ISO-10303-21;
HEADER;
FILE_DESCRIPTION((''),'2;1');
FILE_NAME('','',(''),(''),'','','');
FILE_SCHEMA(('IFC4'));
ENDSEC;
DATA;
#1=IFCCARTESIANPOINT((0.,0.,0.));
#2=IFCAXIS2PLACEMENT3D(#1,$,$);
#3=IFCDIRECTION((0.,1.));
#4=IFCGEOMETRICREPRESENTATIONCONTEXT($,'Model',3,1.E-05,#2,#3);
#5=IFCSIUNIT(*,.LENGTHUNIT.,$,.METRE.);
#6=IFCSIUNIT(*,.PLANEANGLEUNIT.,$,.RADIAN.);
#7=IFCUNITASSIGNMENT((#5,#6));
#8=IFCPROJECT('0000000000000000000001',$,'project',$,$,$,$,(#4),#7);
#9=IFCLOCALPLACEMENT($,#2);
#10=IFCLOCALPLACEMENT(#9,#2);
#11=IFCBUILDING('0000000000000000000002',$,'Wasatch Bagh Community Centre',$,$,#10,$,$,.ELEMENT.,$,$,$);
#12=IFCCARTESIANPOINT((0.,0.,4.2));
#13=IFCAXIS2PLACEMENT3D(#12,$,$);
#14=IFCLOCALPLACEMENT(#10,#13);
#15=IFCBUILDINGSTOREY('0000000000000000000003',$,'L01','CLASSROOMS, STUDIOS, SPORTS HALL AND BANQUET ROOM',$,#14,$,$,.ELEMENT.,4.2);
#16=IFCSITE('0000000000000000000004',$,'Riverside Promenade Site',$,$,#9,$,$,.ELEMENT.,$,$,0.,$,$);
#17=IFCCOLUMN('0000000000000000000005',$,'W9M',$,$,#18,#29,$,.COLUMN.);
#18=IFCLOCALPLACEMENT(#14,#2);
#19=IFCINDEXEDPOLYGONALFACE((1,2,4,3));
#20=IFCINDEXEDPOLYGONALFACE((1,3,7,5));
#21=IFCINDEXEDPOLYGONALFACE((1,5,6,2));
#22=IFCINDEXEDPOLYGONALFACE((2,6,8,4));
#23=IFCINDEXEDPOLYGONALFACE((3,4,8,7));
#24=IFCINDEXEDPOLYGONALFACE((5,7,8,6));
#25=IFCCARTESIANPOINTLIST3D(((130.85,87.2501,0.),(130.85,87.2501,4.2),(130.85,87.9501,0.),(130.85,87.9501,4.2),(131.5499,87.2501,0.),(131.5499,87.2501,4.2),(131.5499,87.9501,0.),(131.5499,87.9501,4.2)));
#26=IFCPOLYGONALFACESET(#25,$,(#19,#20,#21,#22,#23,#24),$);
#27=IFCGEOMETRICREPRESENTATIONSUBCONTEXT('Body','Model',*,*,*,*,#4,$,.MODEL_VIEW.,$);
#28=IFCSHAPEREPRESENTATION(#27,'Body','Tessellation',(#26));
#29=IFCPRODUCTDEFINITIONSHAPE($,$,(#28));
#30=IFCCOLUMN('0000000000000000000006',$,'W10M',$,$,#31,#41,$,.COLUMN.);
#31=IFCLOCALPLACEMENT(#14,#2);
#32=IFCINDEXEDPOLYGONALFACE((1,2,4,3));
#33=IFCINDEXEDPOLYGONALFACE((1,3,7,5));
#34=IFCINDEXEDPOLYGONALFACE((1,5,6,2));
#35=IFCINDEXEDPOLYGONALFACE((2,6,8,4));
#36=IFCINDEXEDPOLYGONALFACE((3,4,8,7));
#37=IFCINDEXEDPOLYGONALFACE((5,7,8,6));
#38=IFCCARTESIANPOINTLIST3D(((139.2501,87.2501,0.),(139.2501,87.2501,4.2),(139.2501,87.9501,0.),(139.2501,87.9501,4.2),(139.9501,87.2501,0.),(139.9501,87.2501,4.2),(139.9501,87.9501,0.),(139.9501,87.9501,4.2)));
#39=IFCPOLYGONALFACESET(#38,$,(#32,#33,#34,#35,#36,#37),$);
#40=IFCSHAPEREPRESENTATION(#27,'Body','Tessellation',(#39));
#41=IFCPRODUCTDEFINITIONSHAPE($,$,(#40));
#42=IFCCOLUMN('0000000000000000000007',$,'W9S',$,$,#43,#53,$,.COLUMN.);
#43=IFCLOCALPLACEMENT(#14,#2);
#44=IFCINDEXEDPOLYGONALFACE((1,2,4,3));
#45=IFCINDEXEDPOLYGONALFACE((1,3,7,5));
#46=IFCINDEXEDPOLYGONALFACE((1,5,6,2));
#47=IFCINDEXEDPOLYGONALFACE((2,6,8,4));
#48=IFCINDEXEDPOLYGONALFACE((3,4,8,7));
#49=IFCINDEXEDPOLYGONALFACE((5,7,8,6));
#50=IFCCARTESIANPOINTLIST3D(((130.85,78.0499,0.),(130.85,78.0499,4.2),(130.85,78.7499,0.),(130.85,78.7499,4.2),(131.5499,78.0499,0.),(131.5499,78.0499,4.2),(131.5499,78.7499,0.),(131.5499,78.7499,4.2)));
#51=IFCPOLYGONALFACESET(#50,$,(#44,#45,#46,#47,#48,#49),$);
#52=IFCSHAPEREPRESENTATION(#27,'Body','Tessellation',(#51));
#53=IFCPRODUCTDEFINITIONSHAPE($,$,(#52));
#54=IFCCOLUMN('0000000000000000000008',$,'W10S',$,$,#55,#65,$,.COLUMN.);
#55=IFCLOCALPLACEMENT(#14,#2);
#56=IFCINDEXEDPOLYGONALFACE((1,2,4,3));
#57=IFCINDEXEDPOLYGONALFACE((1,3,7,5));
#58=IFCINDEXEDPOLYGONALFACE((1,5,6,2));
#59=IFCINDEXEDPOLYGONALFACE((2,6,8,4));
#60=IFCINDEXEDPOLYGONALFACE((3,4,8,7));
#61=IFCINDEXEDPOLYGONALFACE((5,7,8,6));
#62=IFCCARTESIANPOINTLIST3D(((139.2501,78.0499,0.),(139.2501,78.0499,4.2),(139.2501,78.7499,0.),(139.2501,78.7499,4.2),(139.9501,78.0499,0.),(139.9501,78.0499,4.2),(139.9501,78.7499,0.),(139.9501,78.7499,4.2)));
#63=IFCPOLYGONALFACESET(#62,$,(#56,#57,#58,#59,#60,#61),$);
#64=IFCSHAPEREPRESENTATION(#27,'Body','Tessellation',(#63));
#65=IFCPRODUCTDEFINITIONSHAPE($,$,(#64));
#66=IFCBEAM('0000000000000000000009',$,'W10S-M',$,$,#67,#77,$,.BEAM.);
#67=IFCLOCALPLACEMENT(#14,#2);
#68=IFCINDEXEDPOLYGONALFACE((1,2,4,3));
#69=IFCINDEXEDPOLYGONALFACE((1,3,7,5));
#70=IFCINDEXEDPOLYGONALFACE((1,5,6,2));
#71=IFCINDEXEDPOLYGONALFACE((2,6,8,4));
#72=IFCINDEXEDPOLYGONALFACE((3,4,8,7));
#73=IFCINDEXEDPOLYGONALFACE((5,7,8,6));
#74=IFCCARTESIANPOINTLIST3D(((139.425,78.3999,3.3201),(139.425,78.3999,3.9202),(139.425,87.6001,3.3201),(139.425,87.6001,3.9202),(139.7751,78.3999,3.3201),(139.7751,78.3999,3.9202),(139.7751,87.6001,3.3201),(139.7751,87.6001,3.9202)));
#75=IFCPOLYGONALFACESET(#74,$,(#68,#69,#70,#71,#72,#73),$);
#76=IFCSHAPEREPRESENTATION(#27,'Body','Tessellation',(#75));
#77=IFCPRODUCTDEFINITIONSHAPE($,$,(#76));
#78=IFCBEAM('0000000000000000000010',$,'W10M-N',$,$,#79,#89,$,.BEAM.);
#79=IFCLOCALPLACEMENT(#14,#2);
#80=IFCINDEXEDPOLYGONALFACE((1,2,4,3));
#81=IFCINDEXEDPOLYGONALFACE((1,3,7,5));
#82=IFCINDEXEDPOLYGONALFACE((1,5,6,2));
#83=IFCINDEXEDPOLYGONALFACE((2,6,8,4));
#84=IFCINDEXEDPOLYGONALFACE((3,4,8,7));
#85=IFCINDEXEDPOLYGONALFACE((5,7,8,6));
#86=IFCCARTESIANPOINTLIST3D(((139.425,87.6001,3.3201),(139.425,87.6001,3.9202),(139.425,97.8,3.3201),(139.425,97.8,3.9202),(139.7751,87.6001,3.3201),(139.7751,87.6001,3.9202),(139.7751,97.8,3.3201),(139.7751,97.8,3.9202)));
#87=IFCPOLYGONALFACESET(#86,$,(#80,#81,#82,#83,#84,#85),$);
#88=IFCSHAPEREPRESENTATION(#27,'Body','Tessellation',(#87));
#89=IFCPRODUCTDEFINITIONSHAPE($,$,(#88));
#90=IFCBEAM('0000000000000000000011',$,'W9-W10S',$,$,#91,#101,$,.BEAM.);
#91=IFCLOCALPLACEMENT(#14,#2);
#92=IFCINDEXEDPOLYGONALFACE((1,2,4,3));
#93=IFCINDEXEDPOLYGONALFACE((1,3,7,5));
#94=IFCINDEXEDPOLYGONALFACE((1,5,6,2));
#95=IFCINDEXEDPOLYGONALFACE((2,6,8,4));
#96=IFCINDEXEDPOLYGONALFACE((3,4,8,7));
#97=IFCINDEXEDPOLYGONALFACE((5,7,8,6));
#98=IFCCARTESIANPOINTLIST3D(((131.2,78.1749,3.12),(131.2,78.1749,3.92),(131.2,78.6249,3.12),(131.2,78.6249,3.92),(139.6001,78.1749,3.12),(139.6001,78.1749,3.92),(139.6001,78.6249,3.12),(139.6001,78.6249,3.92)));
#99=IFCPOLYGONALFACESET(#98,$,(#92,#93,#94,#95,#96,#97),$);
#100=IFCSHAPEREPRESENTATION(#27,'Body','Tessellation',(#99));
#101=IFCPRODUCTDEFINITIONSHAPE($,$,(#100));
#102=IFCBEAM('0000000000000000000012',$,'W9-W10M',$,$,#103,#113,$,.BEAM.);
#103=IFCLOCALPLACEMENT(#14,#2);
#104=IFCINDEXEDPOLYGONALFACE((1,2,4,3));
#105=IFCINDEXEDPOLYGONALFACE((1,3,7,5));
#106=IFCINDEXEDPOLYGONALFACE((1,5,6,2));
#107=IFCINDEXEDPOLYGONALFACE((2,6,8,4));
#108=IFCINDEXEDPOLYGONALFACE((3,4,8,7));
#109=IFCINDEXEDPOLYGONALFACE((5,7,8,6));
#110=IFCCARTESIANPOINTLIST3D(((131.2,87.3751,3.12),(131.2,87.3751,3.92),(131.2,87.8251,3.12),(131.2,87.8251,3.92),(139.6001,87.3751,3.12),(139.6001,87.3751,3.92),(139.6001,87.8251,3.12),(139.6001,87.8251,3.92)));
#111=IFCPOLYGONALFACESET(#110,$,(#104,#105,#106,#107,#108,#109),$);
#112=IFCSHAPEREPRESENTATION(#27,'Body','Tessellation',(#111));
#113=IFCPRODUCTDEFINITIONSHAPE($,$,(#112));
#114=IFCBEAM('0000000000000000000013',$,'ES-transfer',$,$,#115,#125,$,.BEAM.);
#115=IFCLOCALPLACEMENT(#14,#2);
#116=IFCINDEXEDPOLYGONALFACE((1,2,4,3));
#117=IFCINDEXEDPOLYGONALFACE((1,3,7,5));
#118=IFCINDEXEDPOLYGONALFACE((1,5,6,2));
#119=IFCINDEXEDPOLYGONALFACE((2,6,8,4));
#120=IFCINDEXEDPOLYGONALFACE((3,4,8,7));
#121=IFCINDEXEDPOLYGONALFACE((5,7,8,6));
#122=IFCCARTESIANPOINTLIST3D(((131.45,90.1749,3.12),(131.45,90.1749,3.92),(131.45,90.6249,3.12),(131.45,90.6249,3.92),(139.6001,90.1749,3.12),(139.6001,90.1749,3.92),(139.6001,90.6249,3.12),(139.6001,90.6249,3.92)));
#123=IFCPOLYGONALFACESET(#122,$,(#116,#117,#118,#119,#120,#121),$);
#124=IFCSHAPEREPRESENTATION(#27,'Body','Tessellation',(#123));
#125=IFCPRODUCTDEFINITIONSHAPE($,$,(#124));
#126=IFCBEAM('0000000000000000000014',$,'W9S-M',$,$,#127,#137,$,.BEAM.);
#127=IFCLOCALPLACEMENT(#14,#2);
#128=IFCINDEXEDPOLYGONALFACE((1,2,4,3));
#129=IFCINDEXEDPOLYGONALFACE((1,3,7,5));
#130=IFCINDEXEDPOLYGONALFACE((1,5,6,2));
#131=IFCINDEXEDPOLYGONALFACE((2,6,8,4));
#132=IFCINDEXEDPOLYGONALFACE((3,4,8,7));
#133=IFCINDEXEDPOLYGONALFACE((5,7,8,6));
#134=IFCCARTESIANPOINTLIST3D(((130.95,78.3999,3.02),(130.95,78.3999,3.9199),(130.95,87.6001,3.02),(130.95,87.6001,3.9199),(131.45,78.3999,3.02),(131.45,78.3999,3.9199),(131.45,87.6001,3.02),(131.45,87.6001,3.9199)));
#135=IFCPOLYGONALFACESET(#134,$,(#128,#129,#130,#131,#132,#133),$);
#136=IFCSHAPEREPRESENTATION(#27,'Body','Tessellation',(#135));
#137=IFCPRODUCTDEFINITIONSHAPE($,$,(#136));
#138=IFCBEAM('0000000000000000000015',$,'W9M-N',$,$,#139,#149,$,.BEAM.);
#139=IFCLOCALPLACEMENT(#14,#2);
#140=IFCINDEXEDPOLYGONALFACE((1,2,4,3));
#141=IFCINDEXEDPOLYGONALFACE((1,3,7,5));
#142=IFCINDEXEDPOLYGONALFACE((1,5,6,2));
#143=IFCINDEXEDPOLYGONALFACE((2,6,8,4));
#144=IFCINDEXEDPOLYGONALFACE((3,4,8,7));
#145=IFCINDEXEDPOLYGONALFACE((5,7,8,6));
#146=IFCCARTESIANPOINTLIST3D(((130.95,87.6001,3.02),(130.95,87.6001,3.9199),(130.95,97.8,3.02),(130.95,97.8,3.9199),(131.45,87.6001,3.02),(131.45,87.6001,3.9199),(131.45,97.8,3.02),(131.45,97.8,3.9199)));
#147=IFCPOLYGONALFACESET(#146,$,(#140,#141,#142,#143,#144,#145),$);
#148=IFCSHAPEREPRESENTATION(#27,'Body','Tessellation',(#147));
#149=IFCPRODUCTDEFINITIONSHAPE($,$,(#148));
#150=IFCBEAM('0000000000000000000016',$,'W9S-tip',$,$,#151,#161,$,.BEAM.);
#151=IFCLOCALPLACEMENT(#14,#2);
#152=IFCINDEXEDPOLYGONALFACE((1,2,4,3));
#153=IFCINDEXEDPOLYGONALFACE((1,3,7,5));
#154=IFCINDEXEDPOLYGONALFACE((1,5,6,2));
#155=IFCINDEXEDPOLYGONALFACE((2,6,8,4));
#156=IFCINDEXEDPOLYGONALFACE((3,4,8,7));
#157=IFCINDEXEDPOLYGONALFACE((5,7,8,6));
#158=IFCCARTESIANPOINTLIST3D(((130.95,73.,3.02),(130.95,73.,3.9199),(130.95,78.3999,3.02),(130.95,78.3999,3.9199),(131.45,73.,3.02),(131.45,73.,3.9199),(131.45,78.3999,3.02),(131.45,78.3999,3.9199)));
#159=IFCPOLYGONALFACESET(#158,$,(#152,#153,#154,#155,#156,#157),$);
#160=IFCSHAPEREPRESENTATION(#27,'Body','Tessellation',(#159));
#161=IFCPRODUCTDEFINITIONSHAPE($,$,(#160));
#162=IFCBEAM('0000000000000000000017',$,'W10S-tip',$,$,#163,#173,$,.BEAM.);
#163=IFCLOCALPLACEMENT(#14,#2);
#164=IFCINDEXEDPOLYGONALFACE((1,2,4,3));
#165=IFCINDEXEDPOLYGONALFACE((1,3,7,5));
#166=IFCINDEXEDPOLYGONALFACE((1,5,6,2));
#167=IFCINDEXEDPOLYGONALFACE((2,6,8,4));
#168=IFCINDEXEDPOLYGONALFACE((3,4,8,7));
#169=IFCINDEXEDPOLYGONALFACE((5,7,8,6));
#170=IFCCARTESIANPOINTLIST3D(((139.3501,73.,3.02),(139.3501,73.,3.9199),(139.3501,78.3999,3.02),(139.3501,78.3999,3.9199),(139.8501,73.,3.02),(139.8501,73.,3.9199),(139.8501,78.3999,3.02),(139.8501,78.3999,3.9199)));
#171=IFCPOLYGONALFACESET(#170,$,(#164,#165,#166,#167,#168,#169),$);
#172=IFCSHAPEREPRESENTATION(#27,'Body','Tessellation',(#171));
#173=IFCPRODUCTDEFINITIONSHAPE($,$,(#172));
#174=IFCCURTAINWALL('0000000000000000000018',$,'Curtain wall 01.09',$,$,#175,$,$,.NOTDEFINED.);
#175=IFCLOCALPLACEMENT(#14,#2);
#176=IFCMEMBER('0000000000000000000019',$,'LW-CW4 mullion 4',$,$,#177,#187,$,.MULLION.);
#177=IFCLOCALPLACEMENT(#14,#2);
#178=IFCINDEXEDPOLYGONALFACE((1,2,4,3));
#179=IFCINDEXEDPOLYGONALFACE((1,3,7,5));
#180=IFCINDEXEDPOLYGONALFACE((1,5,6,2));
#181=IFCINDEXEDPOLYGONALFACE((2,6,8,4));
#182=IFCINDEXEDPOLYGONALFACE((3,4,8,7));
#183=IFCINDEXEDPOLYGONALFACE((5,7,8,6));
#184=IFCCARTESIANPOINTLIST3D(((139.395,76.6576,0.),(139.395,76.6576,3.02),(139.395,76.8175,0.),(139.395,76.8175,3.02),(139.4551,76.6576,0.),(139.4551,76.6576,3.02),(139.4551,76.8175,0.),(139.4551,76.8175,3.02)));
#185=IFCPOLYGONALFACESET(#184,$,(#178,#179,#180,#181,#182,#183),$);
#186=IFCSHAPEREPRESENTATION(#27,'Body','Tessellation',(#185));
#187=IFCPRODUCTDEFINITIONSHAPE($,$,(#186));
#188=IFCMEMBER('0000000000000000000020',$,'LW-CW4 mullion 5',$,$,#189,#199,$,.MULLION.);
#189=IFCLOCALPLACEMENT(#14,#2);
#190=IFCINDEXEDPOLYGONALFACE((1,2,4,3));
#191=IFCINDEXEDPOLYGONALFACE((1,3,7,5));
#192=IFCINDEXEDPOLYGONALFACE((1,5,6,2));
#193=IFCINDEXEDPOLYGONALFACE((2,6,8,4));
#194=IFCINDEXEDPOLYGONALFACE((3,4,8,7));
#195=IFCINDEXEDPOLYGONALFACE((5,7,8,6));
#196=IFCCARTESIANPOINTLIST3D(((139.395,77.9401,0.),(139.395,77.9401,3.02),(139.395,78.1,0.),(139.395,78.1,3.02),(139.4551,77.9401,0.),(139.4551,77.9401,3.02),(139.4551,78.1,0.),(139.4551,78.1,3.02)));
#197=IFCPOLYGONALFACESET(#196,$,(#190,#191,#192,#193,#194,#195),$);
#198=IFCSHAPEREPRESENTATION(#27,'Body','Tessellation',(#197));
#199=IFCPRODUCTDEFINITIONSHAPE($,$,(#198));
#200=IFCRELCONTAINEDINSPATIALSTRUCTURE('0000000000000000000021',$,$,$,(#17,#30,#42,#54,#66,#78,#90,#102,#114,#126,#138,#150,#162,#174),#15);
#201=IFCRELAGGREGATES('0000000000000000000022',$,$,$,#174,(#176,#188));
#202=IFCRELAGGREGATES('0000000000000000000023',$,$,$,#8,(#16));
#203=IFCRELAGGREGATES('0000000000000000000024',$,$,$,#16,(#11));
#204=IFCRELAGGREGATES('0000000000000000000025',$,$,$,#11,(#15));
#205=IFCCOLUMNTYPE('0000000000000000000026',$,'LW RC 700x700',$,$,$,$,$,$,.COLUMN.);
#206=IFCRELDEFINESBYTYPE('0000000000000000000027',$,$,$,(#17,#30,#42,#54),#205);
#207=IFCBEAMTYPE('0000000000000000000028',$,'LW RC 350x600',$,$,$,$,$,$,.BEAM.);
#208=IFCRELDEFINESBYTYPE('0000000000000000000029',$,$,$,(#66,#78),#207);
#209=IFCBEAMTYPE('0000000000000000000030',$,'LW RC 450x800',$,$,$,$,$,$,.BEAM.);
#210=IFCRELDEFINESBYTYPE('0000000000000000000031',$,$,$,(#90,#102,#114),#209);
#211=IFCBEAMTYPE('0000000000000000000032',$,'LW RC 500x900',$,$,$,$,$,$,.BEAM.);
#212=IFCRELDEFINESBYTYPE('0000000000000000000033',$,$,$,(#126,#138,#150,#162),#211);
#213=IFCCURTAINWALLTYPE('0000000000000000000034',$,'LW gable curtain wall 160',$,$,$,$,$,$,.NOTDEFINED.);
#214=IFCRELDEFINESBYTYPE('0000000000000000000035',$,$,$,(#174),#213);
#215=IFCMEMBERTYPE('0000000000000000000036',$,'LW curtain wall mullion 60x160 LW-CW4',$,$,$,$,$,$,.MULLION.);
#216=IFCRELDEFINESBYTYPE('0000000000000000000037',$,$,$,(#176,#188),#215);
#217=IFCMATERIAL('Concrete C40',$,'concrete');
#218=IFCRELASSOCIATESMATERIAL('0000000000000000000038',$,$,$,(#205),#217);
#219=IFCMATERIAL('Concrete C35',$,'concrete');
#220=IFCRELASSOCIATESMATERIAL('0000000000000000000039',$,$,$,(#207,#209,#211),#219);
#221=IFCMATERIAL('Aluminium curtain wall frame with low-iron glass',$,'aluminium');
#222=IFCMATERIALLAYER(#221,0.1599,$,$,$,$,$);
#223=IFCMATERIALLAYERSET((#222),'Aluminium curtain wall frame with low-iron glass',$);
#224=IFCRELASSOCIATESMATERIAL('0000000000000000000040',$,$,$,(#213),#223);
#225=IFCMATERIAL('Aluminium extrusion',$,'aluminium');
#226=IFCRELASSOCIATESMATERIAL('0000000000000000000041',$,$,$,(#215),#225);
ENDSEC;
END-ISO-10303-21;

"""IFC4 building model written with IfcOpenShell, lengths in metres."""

from ifc_helpers import new_model, si_unit, direction, frame, origin, origin_2d, place, context, subcontext, project, spatial, rectangle, extrude, material, layer, layer_set, material_profile, profile_set, type_object, element, aggregate, save


model = new_model("IFC4")

# Units and contexts
model_context = context("Model", 3, precision=1e-05, world=origin(), true_north=direction((0.0, 1.0)))
body_context = subcontext(model_context, "Body", "Model", "MODEL_VIEW")
ifc_project = project(units=[si_unit("LENGTHUNIT", "METRE"), si_unit("PLANEANGLEUNIT", "RADIAN")], contexts=[model_context])

# Site, building, storey
site_placement = place(None, origin())
site = spatial("IfcSite", under=ifc_project, at=site_placement, Name="Riverside Promenade Site", CompositionType="ELEMENT", RefElevation=0.0)
building_placement = place(site_placement, origin())
building = spatial("IfcBuilding", under=site, at=building_placement, Name="Wasatch Bagh Community Centre", CompositionType="ELEMENT")
storey_placement = place(building_placement, frame((0.0, 0.0, 4.2)))
storey = spatial("IfcBuildingStorey", under=building, at=storey_placement, Name="L01", Description="CLASSROOMS, STUDIOS, SPORTS HALL AND BANQUET ROOM", CompositionType="ELEMENT", Elevation=4.2)

# Columns
ifc_material_1 = material(Name="Concrete C40", Category="concrete")
ifc_material_profile_1 = material_profile(ifc_material_1, rectangle(XDim=0.7, YDim=0.7, at=origin_2d()), Name="RC 700x700")
ifc_profile_set_1 = profile_set([ifc_material_profile_1], Name="Concrete C40")
column_type = type_object("IfcColumnType", Name="LW RC 700x700", PredefinedType="COLUMN", material=ifc_profile_set_1)
for number, where, z_axis, x_axis, name in (
    (1, (131.2, 87.6001, 0.0), (0.0, 0.0, 1.0), (1.0, 0.0, 0.0), "W9M"),
    (2, (139.6001, 87.6001, 0.0), (0.0, 0.0, 1.0), (1.0, 0.0, 0.0), "W10M"),
    (3, (131.2, 78.3999, 0.0), (0.0, 0.0, 1.0), (1.0, 0.0, 0.0), "W9S"),
    (4, (139.6001, 78.3999, 0.0), (0.0, 0.0, 1.0), (1.0, 0.0, 0.0), "W10S"),
):
    element("IfcColumn", number, at=place(storey_placement, frame(where, z_axis=z_axis, x_axis=x_axis)), inside=storey, type_object=column_type, Name=name, PredefinedType="COLUMN", context=body_context, shape_type="SweptSolid", body=[
        extrude(rectangle(XDim=0.7, YDim=0.7, at=origin_2d()), origin(), (0.0, 0.0, 1.0), 4.2),
    ])

# Beams
ifc_material_2 = material(Name="Concrete C35", Category="concrete")
ifc_material_profile_2 = material_profile(ifc_material_2, rectangle(XDim=0.3501, YDim=0.6001, at=origin_2d()), Name="RC 350x600")
ifc_profile_set_2 = profile_set([ifc_material_profile_2], Name="Concrete C35")
beam_type_1 = type_object("IfcBeamType", Name="LW RC 350x600", PredefinedType="BEAM", material=ifc_profile_set_2)
beam_1_placement = place(storey_placement, frame((139.6001, 78.3999, 3.6201), z_axis=(0.0, 1.0, 0.0), x_axis=(-1.0, 0.0, 0.0)))
element("IfcBeam", 5, at=beam_1_placement, inside=storey, type_object=beam_type_1, Name="W10S-M", PredefinedType="BEAM", context=body_context, shape_type="SweptSolid", body=[
    extrude(rectangle(XDim=0.3501, YDim=0.6001, at=origin_2d()), origin(), (0.0, 0.0, 1.0), 9.2002),
])
beam_2_placement = place(storey_placement, frame((139.6001, 87.6001, 3.6201), z_axis=(0.0, 1.0, 0.0), x_axis=(-1.0, 0.0, 0.0)))
element("IfcBeam", 6, at=beam_2_placement, inside=storey, type_object=beam_type_1, Name="W10M-N", PredefinedType="BEAM", context=body_context, shape_type="SweptSolid", body=[
    extrude(rectangle(XDim=0.3501, YDim=0.6001, at=origin_2d()), origin(), (0.0, 0.0, 1.0), 10.2),
])
ifc_material_profile_3 = material_profile(ifc_material_2, rectangle(XDim=0.45, YDim=0.8, at=origin_2d()), Name="RC 450x800")
ifc_profile_set_3 = profile_set([ifc_material_profile_3], Name="Concrete C35")
beam_type_2 = type_object("IfcBeamType", Name="LW RC 450x800", PredefinedType="BEAM", material=ifc_profile_set_3)
for number, where, z_axis, x_axis, name in (
    (7, (131.2, 78.3999, 3.52), (1.0, 0.0, 0.0), (0.0, 1.0, 0.0), "W9-W10S"),
    (8, (131.2, 87.6001, 3.52), (1.0, 0.0, 0.0), (0.0, 1.0, 0.0), "W9-W10M"),
):
    element("IfcBeam", number, at=place(storey_placement, frame(where, z_axis=z_axis, x_axis=x_axis)), inside=storey, type_object=beam_type_2, Name=name, PredefinedType="BEAM", context=body_context, shape_type="SweptSolid", body=[
        extrude(rectangle(XDim=0.45, YDim=0.8, at=origin_2d()), origin(), (0.0, 0.0, 1.0), 8.4001),
    ])
beam_3_placement = place(storey_placement, frame((131.45, 90.3999, 3.52), z_axis=(1.0, 0.0, 0.0), x_axis=(0.0, 1.0, 0.0)))
element("IfcBeam", 9, at=beam_3_placement, inside=storey, type_object=beam_type_2, Name="ES-transfer", PredefinedType="BEAM", context=body_context, shape_type="SweptSolid", body=[
    extrude(rectangle(XDim=0.45, YDim=0.8, at=origin_2d()), origin(), (0.0, 0.0, 1.0), 8.1501),
])
ifc_material_profile_4 = material_profile(ifc_material_2, rectangle(XDim=0.5, YDim=0.8999, at=origin_2d()), Name="RC 500x900")
ifc_profile_set_4 = profile_set([ifc_material_profile_4], Name="Concrete C35")
beam_type_3 = type_object("IfcBeamType", Name="LW RC 500x900", PredefinedType="BEAM", material=ifc_profile_set_4)
beam_4_placement = place(storey_placement, frame((131.2, 78.3999, 3.47), z_axis=(0.0, 1.0, 0.0), x_axis=(-1.0, 0.0, 0.0)))
element("IfcBeam", 10, at=beam_4_placement, inside=storey, type_object=beam_type_3, Name="W9S-M", PredefinedType="BEAM", context=body_context, shape_type="SweptSolid", body=[
    extrude(rectangle(XDim=0.5, YDim=0.8999, at=origin_2d()), origin(), (0.0, 0.0, 1.0), 9.2002),
])
beam_5_placement = place(storey_placement, frame((131.2, 87.6001, 3.47), z_axis=(0.0, 1.0, 0.0), x_axis=(-1.0, 0.0, 0.0)))
element("IfcBeam", 11, at=beam_5_placement, inside=storey, type_object=beam_type_3, Name="W9M-N", PredefinedType="BEAM", context=body_context, shape_type="SweptSolid", body=[
    extrude(rectangle(XDim=0.5, YDim=0.8999, at=origin_2d()), origin(), (0.0, 0.0, 1.0), 10.2),
])
for number, where, z_axis, x_axis, name in (
    (12, (131.2, 78.3999, 3.47), (0.0, -1.0, 0.0), (1.0, 0.0, 0.0), "W9S-tip"),
    (13, (139.6001, 78.3999, 3.47), (0.0, -1.0, 0.0), (1.0, 0.0, 0.0), "W10S-tip"),
):
    element("IfcBeam", number, at=place(storey_placement, frame(where, z_axis=z_axis, x_axis=x_axis)), inside=storey, type_object=beam_type_3, Name=name, PredefinedType="BEAM", context=body_context, shape_type="SweptSolid", body=[
        extrude(rectangle(XDim=0.5, YDim=0.8999, at=origin_2d()), origin(), (0.0, 0.0, 1.0), 5.3999),
    ])

# Curtain wall, members
ifc_material_3 = material(Name="Aluminium curtain wall frame with low-iron glass", Category="aluminium")
ifc_layer_1 = layer(ifc_material_3, 0.1599)
ifc_layer_set_1 = layer_set([ifc_layer_1], Name="Aluminium curtain wall frame with low-iron glass")
curtain_wall_type = type_object("IfcCurtainWallType", Name="LW gable curtain wall 160", PredefinedType="NOTDEFINED", material=ifc_layer_set_1)
curtain_wall_placement = place(storey_placement, origin())
curtain_wall = element("IfcCurtainWall", 14, at=curtain_wall_placement, inside=storey, type_object=curtain_wall_type, Name="Curtain wall 01.09", PredefinedType="NOTDEFINED")
ifc_material_4 = material(Name="Aluminium extrusion", Category="aluminium")
ifc_material_profile_5 = material_profile(ifc_material_4, rectangle(XDim=0.0601, YDim=0.1599, at=origin_2d()), Name="AL 60x160")
ifc_profile_set_5 = profile_set([ifc_material_profile_5], Name="Aluminium extrusion")
member_type_1 = type_object("IfcMemberType", Name="LW curtain wall mullion 60x160 LW-CW4", PredefinedType="MULLION", material=ifc_profile_set_5)
member_1_placement = place(storey_placement, frame((139.425, 76.7375, 0.0), z_axis=(0.0, 0.0, 1.0), x_axis=(-1.0, 0.0, 0.0)))
member_1 = element("IfcMember", 15, at=member_1_placement, type_object=member_type_1, Name="LW-CW4 mullion 4", PredefinedType="MULLION", context=body_context, shape_type="SweptSolid", body=[
    extrude(rectangle(XDim=0.0601, YDim=0.1599, at=origin_2d()), origin(), (0.0, 0.0, 1.0), 3.02),
])
member_2_placement = place(storey_placement, frame((139.425, 78.02, 0.0), z_axis=(0.0, 0.0, 1.0), x_axis=(-1.0, 0.0, 0.0)))
member_2 = element("IfcMember", 16, at=member_2_placement, type_object=member_type_1, Name="LW-CW4 mullion 5", PredefinedType="MULLION", context=body_context, shape_type="SweptSolid", body=[
    extrude(rectangle(XDim=0.0601, YDim=0.1599, at=origin_2d()), origin(), (0.0, 0.0, 1.0), 3.02),
])
aggregate(curtain_wall, [member_1, member_2])

save(model, "model.ifc")
